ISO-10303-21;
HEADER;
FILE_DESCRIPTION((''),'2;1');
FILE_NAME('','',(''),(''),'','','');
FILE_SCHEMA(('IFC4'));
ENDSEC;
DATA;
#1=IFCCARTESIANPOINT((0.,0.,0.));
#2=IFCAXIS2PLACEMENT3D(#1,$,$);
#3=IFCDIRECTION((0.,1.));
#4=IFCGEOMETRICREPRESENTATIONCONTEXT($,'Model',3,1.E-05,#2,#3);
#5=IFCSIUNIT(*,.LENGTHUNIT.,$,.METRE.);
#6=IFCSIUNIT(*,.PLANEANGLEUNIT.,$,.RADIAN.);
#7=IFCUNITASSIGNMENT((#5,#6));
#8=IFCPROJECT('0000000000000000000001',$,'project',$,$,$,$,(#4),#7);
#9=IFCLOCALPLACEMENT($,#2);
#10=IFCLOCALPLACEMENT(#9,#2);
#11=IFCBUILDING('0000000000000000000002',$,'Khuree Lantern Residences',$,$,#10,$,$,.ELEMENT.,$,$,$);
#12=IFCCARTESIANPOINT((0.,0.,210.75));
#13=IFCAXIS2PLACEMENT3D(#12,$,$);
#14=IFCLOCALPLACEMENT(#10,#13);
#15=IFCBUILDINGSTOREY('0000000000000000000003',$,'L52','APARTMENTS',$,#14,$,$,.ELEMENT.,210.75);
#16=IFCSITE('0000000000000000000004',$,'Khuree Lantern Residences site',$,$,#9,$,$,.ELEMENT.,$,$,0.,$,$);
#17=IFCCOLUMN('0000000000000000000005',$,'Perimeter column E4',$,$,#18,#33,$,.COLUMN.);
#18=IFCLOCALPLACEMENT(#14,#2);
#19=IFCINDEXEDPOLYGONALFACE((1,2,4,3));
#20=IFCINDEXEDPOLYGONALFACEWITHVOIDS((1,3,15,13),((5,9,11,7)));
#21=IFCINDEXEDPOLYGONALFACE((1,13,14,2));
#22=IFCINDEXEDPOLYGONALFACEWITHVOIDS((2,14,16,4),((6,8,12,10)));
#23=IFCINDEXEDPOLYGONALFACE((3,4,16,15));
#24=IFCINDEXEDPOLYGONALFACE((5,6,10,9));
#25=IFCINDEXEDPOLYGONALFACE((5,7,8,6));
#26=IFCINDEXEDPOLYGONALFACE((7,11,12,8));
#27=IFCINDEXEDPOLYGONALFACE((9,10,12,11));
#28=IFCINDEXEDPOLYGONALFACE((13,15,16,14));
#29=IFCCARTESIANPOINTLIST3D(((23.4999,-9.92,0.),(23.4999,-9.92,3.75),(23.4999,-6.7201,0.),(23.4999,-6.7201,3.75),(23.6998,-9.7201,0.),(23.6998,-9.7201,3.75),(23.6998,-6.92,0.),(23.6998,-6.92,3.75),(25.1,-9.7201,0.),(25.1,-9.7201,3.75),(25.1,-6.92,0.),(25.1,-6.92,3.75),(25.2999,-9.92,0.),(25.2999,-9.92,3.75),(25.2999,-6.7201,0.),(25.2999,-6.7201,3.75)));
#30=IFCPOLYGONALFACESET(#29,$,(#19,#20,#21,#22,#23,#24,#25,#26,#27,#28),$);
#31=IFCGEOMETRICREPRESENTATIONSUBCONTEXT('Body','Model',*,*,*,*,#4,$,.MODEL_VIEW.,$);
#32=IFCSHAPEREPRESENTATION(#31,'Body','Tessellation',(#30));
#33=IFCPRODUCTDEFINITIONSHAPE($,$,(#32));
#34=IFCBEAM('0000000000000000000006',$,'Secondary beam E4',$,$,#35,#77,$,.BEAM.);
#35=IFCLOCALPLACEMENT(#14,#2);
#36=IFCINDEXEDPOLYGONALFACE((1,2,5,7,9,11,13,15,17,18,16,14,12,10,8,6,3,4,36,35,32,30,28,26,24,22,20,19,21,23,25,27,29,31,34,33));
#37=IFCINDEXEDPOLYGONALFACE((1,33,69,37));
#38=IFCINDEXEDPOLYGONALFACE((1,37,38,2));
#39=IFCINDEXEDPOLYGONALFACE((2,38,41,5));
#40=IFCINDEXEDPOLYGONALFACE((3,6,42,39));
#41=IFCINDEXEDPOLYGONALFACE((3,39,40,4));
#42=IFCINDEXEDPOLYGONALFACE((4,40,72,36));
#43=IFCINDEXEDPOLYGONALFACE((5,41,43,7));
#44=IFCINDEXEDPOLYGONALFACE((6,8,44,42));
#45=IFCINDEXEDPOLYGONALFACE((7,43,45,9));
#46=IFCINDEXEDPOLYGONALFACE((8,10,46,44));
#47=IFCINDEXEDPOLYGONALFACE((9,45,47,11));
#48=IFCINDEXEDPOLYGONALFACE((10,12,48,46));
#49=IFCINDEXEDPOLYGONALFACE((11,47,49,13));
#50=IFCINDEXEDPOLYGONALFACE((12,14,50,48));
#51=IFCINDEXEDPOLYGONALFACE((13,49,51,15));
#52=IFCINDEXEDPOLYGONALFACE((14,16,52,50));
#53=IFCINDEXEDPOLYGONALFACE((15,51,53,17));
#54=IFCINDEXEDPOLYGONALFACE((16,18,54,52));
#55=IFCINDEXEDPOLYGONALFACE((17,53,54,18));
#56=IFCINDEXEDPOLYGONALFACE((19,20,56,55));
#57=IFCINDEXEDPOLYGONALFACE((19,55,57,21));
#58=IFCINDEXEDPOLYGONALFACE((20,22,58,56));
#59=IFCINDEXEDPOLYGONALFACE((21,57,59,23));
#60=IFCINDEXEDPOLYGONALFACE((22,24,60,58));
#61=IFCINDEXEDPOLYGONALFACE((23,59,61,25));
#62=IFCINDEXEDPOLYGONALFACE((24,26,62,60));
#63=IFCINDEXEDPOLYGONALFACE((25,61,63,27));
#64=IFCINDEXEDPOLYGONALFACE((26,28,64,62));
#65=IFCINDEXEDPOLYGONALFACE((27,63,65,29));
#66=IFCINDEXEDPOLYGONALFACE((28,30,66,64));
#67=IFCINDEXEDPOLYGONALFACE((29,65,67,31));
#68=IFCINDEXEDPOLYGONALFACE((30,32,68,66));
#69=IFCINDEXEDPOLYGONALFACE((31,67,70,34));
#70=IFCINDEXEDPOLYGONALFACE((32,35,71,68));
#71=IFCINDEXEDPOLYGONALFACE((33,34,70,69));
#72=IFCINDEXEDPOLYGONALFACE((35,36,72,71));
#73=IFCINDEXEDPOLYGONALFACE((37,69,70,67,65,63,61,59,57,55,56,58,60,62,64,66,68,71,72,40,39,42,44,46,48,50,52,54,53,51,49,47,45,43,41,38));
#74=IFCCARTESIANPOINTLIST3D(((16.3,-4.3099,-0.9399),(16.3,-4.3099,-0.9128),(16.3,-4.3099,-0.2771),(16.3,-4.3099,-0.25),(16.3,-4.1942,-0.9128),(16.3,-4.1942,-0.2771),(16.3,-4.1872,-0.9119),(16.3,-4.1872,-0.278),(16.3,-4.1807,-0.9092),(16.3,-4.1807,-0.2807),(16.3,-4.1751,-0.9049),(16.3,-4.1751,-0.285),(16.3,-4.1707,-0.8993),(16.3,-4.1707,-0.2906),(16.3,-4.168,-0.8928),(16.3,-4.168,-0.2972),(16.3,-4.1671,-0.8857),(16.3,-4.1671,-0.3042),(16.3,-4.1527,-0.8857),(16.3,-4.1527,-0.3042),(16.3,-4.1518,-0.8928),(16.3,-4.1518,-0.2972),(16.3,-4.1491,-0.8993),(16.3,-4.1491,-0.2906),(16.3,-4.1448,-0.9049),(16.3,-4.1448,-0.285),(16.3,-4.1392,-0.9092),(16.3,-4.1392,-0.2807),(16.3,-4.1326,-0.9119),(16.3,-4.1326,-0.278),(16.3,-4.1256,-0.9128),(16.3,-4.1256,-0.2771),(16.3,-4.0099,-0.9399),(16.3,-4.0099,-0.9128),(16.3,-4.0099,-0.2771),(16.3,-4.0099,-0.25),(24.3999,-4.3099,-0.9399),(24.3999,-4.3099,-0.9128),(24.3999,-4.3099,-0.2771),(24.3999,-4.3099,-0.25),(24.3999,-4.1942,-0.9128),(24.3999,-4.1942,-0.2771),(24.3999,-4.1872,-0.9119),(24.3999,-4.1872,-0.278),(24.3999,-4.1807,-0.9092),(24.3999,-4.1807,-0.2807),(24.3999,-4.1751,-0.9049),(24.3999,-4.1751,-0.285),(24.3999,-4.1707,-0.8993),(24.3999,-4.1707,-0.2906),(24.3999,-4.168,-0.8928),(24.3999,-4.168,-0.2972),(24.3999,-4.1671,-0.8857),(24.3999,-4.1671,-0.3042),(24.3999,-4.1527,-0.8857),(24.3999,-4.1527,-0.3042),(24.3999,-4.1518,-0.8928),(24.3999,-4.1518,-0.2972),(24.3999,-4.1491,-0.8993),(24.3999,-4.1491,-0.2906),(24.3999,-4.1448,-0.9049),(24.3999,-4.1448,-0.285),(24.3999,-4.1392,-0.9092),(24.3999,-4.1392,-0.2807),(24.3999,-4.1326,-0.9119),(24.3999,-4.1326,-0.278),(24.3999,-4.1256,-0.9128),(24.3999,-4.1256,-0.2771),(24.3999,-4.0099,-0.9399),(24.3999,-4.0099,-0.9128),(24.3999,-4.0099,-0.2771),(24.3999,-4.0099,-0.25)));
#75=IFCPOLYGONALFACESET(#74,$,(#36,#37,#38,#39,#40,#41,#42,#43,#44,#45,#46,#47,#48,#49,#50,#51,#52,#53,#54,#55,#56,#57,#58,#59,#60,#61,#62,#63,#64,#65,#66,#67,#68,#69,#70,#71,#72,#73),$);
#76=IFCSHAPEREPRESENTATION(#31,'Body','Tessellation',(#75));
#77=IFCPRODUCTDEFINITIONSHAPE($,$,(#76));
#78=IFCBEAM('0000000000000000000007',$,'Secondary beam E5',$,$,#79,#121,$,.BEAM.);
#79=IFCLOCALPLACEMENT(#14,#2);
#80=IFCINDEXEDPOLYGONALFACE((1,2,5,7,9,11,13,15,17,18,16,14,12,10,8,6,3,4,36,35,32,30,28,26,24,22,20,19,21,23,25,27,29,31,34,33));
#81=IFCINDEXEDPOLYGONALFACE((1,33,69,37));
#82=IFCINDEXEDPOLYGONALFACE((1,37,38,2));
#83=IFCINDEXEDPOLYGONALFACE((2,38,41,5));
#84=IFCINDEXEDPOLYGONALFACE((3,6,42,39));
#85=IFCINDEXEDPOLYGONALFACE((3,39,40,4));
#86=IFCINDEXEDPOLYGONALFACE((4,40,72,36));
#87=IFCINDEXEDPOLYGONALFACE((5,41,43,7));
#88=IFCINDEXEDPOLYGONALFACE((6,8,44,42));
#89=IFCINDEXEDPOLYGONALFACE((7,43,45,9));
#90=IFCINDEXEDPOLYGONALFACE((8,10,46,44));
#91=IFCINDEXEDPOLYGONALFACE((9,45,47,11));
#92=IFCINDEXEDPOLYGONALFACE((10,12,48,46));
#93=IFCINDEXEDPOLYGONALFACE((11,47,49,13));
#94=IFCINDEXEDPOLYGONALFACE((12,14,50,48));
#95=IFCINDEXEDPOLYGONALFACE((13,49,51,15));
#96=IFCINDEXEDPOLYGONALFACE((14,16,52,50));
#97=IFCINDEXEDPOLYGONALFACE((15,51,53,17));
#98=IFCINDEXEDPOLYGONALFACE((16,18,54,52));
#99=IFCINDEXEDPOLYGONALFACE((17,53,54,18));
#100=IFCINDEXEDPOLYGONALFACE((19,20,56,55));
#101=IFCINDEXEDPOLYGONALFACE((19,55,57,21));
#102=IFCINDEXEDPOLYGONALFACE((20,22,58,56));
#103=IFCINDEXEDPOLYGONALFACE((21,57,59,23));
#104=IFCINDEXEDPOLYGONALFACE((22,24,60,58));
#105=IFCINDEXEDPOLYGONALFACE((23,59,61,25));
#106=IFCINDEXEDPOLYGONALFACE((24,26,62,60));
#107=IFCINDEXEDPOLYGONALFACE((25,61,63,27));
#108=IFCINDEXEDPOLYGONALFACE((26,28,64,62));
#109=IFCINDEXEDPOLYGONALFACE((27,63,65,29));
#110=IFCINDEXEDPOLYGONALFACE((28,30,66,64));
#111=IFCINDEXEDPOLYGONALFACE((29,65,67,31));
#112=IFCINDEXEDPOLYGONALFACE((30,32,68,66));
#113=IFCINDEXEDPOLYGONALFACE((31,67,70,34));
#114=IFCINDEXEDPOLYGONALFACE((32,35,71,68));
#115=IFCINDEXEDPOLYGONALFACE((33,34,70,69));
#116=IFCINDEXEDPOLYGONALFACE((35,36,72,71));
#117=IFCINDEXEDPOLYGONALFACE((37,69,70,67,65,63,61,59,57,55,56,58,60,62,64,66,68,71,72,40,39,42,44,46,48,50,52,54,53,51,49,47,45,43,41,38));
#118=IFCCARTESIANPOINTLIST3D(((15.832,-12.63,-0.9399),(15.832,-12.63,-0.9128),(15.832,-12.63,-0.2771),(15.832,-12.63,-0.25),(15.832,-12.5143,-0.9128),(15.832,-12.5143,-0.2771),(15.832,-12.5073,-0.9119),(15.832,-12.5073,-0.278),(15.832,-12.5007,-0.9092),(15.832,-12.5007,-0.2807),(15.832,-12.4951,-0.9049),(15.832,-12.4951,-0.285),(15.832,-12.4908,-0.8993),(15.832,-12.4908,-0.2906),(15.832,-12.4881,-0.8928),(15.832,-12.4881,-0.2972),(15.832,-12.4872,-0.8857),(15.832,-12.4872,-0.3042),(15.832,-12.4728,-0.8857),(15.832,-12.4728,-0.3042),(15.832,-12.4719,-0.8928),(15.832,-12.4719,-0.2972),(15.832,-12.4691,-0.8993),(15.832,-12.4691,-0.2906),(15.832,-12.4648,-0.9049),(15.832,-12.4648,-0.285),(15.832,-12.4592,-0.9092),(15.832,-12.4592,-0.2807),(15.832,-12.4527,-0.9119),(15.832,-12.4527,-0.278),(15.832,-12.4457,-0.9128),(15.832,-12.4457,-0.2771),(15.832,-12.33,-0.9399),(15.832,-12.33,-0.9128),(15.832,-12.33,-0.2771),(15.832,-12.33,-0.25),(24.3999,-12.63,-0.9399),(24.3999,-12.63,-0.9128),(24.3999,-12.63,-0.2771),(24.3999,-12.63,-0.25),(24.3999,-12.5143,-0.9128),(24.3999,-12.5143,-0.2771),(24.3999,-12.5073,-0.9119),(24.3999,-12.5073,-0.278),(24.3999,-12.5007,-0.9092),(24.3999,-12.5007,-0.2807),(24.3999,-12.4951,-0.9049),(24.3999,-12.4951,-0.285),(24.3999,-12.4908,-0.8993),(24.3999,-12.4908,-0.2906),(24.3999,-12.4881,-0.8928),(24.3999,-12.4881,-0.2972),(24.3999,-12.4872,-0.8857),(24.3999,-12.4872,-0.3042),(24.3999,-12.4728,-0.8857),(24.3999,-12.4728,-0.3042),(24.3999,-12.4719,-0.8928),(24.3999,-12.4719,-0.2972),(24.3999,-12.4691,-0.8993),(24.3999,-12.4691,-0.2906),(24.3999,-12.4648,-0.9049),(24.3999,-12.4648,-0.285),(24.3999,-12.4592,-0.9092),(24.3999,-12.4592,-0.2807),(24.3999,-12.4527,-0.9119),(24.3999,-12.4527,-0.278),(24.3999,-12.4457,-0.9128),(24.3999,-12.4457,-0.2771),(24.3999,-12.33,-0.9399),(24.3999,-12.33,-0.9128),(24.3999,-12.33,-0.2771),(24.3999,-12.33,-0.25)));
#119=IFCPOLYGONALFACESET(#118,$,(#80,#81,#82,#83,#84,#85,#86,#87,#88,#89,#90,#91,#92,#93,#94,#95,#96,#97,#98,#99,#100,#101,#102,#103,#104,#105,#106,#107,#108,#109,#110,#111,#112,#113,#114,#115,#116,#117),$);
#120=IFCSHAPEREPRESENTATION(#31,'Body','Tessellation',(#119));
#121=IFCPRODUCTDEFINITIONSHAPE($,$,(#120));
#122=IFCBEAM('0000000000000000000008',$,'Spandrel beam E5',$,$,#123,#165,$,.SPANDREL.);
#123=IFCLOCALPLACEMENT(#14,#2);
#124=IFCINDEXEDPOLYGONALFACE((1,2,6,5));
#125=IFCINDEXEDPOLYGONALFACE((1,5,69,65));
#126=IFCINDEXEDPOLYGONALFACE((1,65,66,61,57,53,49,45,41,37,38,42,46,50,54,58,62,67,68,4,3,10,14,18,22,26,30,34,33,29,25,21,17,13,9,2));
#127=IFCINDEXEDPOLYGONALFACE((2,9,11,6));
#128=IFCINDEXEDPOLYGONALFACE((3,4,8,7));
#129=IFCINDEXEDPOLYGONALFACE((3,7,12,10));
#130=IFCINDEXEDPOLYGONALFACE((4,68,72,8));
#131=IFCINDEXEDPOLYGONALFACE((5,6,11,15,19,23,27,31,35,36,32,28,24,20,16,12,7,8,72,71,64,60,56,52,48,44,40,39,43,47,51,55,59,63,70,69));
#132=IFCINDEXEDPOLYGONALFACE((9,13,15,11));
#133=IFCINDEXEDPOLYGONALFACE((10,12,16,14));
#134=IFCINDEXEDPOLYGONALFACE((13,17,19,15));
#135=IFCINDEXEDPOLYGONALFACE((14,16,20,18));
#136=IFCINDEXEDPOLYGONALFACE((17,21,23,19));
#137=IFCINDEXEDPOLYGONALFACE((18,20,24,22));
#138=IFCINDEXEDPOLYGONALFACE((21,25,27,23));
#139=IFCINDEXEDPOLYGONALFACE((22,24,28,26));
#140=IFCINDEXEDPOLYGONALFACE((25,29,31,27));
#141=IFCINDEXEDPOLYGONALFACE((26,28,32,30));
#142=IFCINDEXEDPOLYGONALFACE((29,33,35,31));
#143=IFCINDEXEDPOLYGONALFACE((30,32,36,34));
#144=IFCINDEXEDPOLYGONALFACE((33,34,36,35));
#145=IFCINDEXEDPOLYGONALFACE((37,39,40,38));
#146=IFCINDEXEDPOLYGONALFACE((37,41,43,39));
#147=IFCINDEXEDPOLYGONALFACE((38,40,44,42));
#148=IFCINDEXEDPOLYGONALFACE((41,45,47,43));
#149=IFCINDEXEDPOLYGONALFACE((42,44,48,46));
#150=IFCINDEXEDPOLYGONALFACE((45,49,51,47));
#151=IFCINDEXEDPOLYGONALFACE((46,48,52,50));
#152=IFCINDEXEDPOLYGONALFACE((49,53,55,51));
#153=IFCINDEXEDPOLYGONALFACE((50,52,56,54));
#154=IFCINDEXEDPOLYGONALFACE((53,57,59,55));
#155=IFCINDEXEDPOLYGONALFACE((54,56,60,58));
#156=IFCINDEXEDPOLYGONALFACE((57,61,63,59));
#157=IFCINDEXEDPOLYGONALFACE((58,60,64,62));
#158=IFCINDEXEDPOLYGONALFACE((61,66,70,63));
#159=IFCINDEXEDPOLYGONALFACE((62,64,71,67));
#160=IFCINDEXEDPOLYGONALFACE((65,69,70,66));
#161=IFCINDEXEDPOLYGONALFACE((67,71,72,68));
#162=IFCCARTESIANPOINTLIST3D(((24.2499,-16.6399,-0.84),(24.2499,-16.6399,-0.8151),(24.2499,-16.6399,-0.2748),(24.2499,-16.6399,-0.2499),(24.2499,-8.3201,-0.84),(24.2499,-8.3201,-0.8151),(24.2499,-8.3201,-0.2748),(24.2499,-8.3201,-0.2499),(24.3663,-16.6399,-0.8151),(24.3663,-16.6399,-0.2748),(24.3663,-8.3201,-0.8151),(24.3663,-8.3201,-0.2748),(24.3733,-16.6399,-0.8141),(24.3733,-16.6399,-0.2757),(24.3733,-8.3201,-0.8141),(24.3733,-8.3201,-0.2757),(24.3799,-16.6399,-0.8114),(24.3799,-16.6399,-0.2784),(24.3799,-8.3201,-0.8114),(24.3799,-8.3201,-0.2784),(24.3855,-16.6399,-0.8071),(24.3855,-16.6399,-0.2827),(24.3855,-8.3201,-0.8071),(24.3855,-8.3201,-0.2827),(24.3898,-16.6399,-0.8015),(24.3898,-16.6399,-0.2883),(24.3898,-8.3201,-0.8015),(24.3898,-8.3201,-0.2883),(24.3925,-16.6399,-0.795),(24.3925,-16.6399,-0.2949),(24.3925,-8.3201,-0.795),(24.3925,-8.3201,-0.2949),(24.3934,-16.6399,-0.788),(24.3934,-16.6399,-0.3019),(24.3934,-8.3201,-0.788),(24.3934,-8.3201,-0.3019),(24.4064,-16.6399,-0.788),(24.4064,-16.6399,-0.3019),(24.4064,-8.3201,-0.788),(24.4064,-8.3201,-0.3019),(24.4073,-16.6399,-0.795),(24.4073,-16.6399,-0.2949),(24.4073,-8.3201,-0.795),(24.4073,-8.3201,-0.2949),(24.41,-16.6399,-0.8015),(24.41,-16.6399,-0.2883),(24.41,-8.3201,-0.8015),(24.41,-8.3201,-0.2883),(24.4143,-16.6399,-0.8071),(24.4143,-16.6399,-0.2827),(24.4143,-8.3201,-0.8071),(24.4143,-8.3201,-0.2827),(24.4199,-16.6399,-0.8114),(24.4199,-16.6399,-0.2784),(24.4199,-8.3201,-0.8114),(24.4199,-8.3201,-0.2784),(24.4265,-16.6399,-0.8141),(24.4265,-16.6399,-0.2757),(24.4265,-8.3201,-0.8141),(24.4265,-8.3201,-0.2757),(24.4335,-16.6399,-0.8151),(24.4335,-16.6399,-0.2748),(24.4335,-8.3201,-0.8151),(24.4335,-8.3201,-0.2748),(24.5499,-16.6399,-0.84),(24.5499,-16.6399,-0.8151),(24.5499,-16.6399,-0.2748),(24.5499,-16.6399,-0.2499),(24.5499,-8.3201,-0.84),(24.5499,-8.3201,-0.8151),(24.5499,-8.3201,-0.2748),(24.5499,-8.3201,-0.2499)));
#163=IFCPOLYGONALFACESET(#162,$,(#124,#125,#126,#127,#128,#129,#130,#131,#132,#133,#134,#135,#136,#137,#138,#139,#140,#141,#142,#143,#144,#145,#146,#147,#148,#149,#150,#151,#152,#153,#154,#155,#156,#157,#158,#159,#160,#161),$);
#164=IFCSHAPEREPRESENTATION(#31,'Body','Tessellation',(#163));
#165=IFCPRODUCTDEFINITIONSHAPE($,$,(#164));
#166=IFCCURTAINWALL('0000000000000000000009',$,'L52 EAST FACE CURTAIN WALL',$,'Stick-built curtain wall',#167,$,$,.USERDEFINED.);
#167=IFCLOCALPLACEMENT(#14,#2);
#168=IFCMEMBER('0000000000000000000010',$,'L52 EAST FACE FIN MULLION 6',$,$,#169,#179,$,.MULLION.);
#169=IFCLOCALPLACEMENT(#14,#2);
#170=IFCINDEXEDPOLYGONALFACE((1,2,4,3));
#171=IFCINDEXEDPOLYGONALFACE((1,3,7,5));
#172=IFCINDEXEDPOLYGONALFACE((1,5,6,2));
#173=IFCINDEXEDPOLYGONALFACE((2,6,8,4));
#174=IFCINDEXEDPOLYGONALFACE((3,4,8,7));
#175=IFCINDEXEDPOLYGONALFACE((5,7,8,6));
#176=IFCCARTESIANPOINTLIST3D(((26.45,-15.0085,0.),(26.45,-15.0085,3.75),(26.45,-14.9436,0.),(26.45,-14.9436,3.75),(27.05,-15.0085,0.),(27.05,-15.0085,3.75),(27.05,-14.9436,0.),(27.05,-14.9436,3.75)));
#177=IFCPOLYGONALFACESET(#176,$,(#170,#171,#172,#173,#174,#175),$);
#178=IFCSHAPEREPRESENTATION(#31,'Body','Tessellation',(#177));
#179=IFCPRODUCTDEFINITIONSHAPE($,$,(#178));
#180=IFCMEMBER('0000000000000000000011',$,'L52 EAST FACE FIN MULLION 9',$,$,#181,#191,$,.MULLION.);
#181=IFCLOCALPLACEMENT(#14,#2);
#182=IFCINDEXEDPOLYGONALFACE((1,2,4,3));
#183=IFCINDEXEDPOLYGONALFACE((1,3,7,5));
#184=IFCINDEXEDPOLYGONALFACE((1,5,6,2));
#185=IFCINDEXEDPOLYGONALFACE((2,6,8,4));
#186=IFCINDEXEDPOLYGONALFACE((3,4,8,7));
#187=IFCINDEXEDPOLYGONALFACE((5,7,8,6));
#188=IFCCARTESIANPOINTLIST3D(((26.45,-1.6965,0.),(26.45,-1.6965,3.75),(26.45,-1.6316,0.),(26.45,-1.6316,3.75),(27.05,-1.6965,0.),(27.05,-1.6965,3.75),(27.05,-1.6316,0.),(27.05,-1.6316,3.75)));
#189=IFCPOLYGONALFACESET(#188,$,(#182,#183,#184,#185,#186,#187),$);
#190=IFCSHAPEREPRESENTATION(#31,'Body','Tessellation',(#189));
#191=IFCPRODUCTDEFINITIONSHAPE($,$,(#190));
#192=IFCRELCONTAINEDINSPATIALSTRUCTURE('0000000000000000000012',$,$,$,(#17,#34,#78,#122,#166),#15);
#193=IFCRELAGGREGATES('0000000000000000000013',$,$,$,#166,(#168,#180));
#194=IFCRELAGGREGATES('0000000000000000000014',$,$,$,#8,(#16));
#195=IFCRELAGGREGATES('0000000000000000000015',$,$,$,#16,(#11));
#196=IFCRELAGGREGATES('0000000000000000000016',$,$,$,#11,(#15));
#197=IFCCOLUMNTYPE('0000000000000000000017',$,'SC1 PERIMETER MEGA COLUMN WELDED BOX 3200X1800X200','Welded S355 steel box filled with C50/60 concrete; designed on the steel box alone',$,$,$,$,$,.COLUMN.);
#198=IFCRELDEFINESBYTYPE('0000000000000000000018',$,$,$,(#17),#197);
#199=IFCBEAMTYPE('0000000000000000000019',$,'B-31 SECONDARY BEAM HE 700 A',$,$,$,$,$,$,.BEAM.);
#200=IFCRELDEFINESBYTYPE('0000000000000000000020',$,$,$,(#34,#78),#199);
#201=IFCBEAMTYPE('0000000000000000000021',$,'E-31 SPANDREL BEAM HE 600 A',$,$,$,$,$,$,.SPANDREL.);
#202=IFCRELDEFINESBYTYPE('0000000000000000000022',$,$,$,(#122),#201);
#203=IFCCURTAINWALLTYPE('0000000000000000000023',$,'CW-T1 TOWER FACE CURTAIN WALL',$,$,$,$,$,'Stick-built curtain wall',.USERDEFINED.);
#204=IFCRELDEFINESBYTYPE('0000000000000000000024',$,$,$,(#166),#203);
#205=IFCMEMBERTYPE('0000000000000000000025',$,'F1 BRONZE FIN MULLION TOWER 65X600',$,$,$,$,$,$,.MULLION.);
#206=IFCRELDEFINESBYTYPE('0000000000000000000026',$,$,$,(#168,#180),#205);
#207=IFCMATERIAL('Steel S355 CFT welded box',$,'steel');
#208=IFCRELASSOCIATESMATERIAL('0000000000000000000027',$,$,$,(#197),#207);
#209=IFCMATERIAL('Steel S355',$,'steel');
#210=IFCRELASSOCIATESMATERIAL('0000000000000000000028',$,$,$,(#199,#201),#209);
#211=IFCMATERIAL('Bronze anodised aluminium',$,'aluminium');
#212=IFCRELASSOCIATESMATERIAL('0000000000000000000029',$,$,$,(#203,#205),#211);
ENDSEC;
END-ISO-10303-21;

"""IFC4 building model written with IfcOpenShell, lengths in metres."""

from ifc_helpers import new_model, si_unit, direction, frame, origin, origin_2d, place, context, subcontext, project, spatial, rectangle, hollow_rectangle, i_section, extrude, material, material_profile, profile_set, type_object, element, aggregate, save


model = new_model("IFC4")

# Units and contexts
model_context = context("Model", 3, precision=1e-05, world=origin(), true_north=direction((0.0, 1.0)))
body_context = subcontext(model_context, "Body", "Model", "MODEL_VIEW")
ifc_project = project(units=[si_unit("LENGTHUNIT", "METRE"), si_unit("PLANEANGLEUNIT", "RADIAN")], contexts=[model_context])

# Site, building, storey
site_placement = place(None, origin())
site = spatial("IfcSite", under=ifc_project, at=site_placement, Name="Khuree Lantern Residences site", CompositionType="ELEMENT", RefElevation=0.0)
building_placement = place(site_placement, origin())
building = spatial("IfcBuilding", under=site, at=building_placement, Name="Khuree Lantern Residences", CompositionType="ELEMENT")
storey_placement = place(building_placement, frame((0.0, 0.0, 210.75)))
storey = spatial("IfcBuildingStorey", under=building, at=storey_placement, Name="L52", Description="APARTMENTS", CompositionType="ELEMENT", Elevation=210.75)

# Column
ifc_material_1 = material(Name="Steel S355 CFT welded box", Category="steel")
ifc_material_profile_1 = material_profile(ifc_material_1, hollow_rectangle(XDim=3.2, YDim=1.8, WallThickness=0.2, at=origin_2d()), Name="WELDED BOX 3200X1800X200")
ifc_profile_set_1 = profile_set([ifc_material_profile_1], Name="Steel S355 CFT welded box")
column_type = type_object("IfcColumnType", Name="SC1 PERIMETER MEGA COLUMN WELDED BOX 3200X1800X200", Description="Welded S355 steel box filled with C50/60 concrete; designed on the steel box alone", PredefinedType="COLUMN", material=ifc_profile_set_1)
column_placement = place(storey_placement, frame((24.3999, -8.3201, 0.0), z_axis=(0.0, 0.0, 1.0), x_axis=(0.0, 1.0, 0.0)))
element("IfcColumn", 1, at=column_placement, inside=storey, type_object=column_type, Name="Perimeter column E4", PredefinedType="COLUMN", context=body_context, shape_type="SweptSolid", body=[
    extrude(hollow_rectangle(XDim=3.2, YDim=1.8, WallThickness=0.2, at=origin_2d()), origin(), (0.0, 0.0, 1.0), 3.75),
])

# Beams
ifc_material_2 = material(Name="Steel S355", Category="steel")
ifc_material_profile_2 = material_profile(ifc_material_2, i_section(OverallWidth=0.3, OverallDepth=0.6899, WebThickness=0.0144, FlangeThickness=0.0271, FilletRadius=0.0271, at=origin_2d()), Name="HE 700 A")
ifc_profile_set_2 = profile_set([ifc_material_profile_2], Name="Steel S355")
beam_type_1 = type_object("IfcBeamType", Name="B-31 SECONDARY BEAM HE 700 A", PredefinedType="BEAM", material=ifc_profile_set_2)
beam_1_placement = place(storey_placement, frame((24.3999, -4.1599, -0.595), z_axis=(-1.0, 0.0, 0.0), x_axis=(0.0, -1.0, 0.0)))
element("IfcBeam", 2, at=beam_1_placement, inside=storey, type_object=beam_type_1, Name="Secondary beam E4", PredefinedType="BEAM", context=body_context, shape_type="SweptSolid", body=[
    extrude(i_section(OverallWidth=0.3, OverallDepth=0.6899, WebThickness=0.0144, FlangeThickness=0.0271, FilletRadius=0.0271, at=origin_2d()), origin(), (0.0, 0.0, 1.0), 8.0999),
])
beam_2_placement = place(storey_placement, frame((24.3999, -12.48, -0.595), z_axis=(-1.0, 0.0, 0.0), x_axis=(0.0, -1.0, 0.0)))
element("IfcBeam", 3, at=beam_2_placement, inside=storey, type_object=beam_type_1, Name="Secondary beam E5", PredefinedType="BEAM", context=body_context, shape_type="SweptSolid", body=[
    extrude(i_section(OverallWidth=0.3, OverallDepth=0.6899, WebThickness=0.0144, FlangeThickness=0.0271, FilletRadius=0.0271, at=origin_2d()), origin(), (0.0, 0.0, 1.0), 8.5679),
])
ifc_material_profile_3 = material_profile(ifc_material_2, i_section(OverallWidth=0.3, OverallDepth=0.5901, WebThickness=0.0129, FlangeThickness=0.0249, FilletRadius=0.0271, at=origin_2d()), Name="HE 600 A")
ifc_profile_set_3 = profile_set([ifc_material_profile_3], Name="Steel S355")
beam_type_2 = type_object("IfcBeamType", Name="E-31 SPANDREL BEAM HE 600 A", PredefinedType="SPANDREL", material=ifc_profile_set_3)
beam_3_placement = place(storey_placement, frame((24.3999, -8.3201, -0.5449), z_axis=(0.0, -1.0, 0.0), x_axis=(1.0, 0.0, 0.0)))
element("IfcBeam", 4, at=beam_3_placement, inside=storey, type_object=beam_type_2, Name="Spandrel beam E5", PredefinedType="SPANDREL", context=body_context, shape_type="SweptSolid", body=[
    extrude(i_section(OverallWidth=0.3, OverallDepth=0.5901, WebThickness=0.0129, FlangeThickness=0.0249, FilletRadius=0.0271, at=origin_2d()), origin(), (0.0, 0.0, 1.0), 8.3198),
])

# Curtain wall, members
ifc_material_3 = material(Name="Bronze anodised aluminium", Category="aluminium")
curtain_wall_type = type_object("IfcCurtainWallType", Name="CW-T1 TOWER FACE CURTAIN WALL", ElementType="Stick-built curtain wall", PredefinedType="USERDEFINED", material=ifc_material_3)
curtain_wall_placement = place(storey_placement, origin())
curtain_wall = element("IfcCurtainWall", 5, at=curtain_wall_placement, inside=storey, type_object=curtain_wall_type, Name="L52 EAST FACE CURTAIN WALL", ObjectType="Stick-built curtain wall", PredefinedType="USERDEFINED")
ifc_material_profile_4 = material_profile(ifc_material_3, rectangle(XDim=0.0649, YDim=0.6001, at=origin_2d()), Name="F1 65X600")
ifc_profile_set_4 = profile_set([ifc_material_profile_4], Name="Bronze anodised aluminium")
member_type_1 = type_object("IfcMemberType", Name="F1 BRONZE FIN MULLION TOWER 65X600", PredefinedType="MULLION", material=ifc_profile_set_4)
member_1_placement = place(storey_placement, frame((26.75, -14.9761, 0.0), z_axis=(0.0, 0.0, 1.0), x_axis=(0.0, 1.0, 0.0)))
member_1 = element("IfcMember", 6, at=member_1_placement, type_object=member_type_1, Name="L52 EAST FACE FIN MULLION 6", PredefinedType="MULLION", context=body_context, shape_type="SweptSolid", body=[
    extrude(rectangle(XDim=0.0649, YDim=0.6001, at=origin_2d()), origin(), (0.0, 0.0, 1.0), 3.75),
])
member_2_placement = place(storey_placement, frame((26.75, -1.6641, 0.0), z_axis=(0.0, 0.0, 1.0), x_axis=(0.0, 1.0, 0.0)))
member_2 = element("IfcMember", 7, at=member_2_placement, type_object=member_type_1, Name="L52 EAST FACE FIN MULLION 9", PredefinedType="MULLION", context=body_context, shape_type="SweptSolid", body=[
    extrude(rectangle(XDim=0.0649, YDim=0.6001, at=origin_2d()), origin(), (0.0, 0.0, 1.0), 3.75),
])

aggregate(curtain_wall, [member_1, member_2])

save(model, "model.ifc")
